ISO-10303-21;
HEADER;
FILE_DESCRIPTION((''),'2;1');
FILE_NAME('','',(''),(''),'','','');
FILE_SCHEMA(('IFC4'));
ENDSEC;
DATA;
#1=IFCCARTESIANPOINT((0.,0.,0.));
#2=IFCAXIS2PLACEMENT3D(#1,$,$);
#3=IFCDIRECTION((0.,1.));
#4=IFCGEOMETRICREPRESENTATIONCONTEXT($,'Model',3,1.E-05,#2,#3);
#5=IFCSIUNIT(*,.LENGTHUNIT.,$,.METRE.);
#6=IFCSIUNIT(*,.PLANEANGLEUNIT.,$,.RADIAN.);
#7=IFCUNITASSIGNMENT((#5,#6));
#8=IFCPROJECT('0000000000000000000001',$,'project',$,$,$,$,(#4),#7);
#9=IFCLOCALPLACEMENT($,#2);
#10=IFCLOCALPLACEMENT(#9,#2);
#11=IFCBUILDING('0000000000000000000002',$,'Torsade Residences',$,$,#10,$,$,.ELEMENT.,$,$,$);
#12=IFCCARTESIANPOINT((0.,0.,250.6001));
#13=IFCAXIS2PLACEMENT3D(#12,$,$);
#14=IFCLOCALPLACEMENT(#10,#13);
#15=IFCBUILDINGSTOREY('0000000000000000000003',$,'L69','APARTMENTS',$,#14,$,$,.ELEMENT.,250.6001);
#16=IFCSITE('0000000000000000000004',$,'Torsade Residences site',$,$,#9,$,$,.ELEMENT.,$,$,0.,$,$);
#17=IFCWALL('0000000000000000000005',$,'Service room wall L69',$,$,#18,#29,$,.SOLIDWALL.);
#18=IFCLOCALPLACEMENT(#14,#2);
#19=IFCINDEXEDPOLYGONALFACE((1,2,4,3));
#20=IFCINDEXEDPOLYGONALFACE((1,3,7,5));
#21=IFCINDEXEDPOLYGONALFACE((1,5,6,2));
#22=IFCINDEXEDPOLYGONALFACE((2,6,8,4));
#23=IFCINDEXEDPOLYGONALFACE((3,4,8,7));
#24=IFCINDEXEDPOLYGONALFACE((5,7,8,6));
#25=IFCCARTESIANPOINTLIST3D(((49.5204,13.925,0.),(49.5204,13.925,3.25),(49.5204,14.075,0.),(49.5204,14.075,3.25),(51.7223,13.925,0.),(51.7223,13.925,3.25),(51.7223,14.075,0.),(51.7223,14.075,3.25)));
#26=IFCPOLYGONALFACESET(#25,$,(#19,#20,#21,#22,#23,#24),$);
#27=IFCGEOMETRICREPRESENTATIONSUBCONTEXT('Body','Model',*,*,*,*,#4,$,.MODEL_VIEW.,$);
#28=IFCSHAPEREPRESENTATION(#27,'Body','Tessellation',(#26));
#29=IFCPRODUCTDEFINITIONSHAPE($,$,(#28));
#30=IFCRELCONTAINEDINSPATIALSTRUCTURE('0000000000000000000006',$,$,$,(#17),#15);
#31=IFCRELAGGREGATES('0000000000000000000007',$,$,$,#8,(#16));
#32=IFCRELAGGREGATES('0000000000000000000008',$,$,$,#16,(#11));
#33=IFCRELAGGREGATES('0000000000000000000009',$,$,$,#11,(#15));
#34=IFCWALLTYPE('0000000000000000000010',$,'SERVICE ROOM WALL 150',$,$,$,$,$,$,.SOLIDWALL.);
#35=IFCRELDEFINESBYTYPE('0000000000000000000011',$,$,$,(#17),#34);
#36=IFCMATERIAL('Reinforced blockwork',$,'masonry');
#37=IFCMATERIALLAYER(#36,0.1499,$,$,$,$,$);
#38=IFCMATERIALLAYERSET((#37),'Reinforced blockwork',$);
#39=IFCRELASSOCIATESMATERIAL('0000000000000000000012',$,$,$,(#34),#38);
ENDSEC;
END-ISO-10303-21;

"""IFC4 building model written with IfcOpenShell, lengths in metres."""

from ifc_helpers import new_model, si_unit, direction, frame, frame_2d, origin, place, context, subcontext, project, spatial, rectangle, extrude, material, layer, layer_set, type_object, element, save


model = new_model("IFC4")

# Units and contexts
model_context = context("Model", 3, precision=1e-05, world=origin(), true_north=direction((0.0, 1.0)))
body_context = subcontext(model_context, "Body", "Model", "MODEL_VIEW")
ifc_project = project(units=[si_unit("LENGTHUNIT", "METRE"), si_unit("PLANEANGLEUNIT", "RADIAN")], contexts=[model_context])

# Site, building, storey
site_placement = place(None, origin())
site = spatial("IfcSite", under=ifc_project, at=site_placement, Name="Torsade Residences site", CompositionType="ELEMENT", RefElevation=0.0)
building_placement = place(site_placement, origin())
building = spatial("IfcBuilding", under=site, at=building_placement, Name="Torsade Residences", CompositionType="ELEMENT")
storey_placement = place(building_placement, frame((0.0, 0.0, 250.6001)))
storey = spatial("IfcBuildingStorey", under=building, at=storey_placement, Name="L69", Description="APARTMENTS", CompositionType="ELEMENT", Elevation=250.6001)

# Wall
ifc_material_1 = material(Name="Reinforced blockwork", Category="masonry")
ifc_layer_1 = layer(ifc_material_1, 0.1499)
ifc_layer_set_1 = layer_set([ifc_layer_1], Name="Reinforced blockwork")
wall_type_1 = type_object("IfcWallType", Name="SERVICE ROOM WALL 150", PredefinedType="SOLIDWALL", material=ifc_layer_set_1)
wall_1_placement = place(storey_placement, frame((51.7224, 14.0, 0.0), z_axis=(0.0, 0.0, 1.0), x_axis=(-1.0, 0.0, 0.0)))
element("IfcWall", 1, at=wall_1_placement, inside=storey, type_object=wall_type_1, Name="Service room wall L69", PredefinedType="SOLIDWALL", context=body_context, shape_type="SweptSolid", body=[
    extrude(rectangle(XDim=2.2019, YDim=0.1499, at=frame_2d((1.1011, 0.0))), origin(), (0.0, 0.0, 1.0), 3.25),
])

save(model, "model.ifc")
